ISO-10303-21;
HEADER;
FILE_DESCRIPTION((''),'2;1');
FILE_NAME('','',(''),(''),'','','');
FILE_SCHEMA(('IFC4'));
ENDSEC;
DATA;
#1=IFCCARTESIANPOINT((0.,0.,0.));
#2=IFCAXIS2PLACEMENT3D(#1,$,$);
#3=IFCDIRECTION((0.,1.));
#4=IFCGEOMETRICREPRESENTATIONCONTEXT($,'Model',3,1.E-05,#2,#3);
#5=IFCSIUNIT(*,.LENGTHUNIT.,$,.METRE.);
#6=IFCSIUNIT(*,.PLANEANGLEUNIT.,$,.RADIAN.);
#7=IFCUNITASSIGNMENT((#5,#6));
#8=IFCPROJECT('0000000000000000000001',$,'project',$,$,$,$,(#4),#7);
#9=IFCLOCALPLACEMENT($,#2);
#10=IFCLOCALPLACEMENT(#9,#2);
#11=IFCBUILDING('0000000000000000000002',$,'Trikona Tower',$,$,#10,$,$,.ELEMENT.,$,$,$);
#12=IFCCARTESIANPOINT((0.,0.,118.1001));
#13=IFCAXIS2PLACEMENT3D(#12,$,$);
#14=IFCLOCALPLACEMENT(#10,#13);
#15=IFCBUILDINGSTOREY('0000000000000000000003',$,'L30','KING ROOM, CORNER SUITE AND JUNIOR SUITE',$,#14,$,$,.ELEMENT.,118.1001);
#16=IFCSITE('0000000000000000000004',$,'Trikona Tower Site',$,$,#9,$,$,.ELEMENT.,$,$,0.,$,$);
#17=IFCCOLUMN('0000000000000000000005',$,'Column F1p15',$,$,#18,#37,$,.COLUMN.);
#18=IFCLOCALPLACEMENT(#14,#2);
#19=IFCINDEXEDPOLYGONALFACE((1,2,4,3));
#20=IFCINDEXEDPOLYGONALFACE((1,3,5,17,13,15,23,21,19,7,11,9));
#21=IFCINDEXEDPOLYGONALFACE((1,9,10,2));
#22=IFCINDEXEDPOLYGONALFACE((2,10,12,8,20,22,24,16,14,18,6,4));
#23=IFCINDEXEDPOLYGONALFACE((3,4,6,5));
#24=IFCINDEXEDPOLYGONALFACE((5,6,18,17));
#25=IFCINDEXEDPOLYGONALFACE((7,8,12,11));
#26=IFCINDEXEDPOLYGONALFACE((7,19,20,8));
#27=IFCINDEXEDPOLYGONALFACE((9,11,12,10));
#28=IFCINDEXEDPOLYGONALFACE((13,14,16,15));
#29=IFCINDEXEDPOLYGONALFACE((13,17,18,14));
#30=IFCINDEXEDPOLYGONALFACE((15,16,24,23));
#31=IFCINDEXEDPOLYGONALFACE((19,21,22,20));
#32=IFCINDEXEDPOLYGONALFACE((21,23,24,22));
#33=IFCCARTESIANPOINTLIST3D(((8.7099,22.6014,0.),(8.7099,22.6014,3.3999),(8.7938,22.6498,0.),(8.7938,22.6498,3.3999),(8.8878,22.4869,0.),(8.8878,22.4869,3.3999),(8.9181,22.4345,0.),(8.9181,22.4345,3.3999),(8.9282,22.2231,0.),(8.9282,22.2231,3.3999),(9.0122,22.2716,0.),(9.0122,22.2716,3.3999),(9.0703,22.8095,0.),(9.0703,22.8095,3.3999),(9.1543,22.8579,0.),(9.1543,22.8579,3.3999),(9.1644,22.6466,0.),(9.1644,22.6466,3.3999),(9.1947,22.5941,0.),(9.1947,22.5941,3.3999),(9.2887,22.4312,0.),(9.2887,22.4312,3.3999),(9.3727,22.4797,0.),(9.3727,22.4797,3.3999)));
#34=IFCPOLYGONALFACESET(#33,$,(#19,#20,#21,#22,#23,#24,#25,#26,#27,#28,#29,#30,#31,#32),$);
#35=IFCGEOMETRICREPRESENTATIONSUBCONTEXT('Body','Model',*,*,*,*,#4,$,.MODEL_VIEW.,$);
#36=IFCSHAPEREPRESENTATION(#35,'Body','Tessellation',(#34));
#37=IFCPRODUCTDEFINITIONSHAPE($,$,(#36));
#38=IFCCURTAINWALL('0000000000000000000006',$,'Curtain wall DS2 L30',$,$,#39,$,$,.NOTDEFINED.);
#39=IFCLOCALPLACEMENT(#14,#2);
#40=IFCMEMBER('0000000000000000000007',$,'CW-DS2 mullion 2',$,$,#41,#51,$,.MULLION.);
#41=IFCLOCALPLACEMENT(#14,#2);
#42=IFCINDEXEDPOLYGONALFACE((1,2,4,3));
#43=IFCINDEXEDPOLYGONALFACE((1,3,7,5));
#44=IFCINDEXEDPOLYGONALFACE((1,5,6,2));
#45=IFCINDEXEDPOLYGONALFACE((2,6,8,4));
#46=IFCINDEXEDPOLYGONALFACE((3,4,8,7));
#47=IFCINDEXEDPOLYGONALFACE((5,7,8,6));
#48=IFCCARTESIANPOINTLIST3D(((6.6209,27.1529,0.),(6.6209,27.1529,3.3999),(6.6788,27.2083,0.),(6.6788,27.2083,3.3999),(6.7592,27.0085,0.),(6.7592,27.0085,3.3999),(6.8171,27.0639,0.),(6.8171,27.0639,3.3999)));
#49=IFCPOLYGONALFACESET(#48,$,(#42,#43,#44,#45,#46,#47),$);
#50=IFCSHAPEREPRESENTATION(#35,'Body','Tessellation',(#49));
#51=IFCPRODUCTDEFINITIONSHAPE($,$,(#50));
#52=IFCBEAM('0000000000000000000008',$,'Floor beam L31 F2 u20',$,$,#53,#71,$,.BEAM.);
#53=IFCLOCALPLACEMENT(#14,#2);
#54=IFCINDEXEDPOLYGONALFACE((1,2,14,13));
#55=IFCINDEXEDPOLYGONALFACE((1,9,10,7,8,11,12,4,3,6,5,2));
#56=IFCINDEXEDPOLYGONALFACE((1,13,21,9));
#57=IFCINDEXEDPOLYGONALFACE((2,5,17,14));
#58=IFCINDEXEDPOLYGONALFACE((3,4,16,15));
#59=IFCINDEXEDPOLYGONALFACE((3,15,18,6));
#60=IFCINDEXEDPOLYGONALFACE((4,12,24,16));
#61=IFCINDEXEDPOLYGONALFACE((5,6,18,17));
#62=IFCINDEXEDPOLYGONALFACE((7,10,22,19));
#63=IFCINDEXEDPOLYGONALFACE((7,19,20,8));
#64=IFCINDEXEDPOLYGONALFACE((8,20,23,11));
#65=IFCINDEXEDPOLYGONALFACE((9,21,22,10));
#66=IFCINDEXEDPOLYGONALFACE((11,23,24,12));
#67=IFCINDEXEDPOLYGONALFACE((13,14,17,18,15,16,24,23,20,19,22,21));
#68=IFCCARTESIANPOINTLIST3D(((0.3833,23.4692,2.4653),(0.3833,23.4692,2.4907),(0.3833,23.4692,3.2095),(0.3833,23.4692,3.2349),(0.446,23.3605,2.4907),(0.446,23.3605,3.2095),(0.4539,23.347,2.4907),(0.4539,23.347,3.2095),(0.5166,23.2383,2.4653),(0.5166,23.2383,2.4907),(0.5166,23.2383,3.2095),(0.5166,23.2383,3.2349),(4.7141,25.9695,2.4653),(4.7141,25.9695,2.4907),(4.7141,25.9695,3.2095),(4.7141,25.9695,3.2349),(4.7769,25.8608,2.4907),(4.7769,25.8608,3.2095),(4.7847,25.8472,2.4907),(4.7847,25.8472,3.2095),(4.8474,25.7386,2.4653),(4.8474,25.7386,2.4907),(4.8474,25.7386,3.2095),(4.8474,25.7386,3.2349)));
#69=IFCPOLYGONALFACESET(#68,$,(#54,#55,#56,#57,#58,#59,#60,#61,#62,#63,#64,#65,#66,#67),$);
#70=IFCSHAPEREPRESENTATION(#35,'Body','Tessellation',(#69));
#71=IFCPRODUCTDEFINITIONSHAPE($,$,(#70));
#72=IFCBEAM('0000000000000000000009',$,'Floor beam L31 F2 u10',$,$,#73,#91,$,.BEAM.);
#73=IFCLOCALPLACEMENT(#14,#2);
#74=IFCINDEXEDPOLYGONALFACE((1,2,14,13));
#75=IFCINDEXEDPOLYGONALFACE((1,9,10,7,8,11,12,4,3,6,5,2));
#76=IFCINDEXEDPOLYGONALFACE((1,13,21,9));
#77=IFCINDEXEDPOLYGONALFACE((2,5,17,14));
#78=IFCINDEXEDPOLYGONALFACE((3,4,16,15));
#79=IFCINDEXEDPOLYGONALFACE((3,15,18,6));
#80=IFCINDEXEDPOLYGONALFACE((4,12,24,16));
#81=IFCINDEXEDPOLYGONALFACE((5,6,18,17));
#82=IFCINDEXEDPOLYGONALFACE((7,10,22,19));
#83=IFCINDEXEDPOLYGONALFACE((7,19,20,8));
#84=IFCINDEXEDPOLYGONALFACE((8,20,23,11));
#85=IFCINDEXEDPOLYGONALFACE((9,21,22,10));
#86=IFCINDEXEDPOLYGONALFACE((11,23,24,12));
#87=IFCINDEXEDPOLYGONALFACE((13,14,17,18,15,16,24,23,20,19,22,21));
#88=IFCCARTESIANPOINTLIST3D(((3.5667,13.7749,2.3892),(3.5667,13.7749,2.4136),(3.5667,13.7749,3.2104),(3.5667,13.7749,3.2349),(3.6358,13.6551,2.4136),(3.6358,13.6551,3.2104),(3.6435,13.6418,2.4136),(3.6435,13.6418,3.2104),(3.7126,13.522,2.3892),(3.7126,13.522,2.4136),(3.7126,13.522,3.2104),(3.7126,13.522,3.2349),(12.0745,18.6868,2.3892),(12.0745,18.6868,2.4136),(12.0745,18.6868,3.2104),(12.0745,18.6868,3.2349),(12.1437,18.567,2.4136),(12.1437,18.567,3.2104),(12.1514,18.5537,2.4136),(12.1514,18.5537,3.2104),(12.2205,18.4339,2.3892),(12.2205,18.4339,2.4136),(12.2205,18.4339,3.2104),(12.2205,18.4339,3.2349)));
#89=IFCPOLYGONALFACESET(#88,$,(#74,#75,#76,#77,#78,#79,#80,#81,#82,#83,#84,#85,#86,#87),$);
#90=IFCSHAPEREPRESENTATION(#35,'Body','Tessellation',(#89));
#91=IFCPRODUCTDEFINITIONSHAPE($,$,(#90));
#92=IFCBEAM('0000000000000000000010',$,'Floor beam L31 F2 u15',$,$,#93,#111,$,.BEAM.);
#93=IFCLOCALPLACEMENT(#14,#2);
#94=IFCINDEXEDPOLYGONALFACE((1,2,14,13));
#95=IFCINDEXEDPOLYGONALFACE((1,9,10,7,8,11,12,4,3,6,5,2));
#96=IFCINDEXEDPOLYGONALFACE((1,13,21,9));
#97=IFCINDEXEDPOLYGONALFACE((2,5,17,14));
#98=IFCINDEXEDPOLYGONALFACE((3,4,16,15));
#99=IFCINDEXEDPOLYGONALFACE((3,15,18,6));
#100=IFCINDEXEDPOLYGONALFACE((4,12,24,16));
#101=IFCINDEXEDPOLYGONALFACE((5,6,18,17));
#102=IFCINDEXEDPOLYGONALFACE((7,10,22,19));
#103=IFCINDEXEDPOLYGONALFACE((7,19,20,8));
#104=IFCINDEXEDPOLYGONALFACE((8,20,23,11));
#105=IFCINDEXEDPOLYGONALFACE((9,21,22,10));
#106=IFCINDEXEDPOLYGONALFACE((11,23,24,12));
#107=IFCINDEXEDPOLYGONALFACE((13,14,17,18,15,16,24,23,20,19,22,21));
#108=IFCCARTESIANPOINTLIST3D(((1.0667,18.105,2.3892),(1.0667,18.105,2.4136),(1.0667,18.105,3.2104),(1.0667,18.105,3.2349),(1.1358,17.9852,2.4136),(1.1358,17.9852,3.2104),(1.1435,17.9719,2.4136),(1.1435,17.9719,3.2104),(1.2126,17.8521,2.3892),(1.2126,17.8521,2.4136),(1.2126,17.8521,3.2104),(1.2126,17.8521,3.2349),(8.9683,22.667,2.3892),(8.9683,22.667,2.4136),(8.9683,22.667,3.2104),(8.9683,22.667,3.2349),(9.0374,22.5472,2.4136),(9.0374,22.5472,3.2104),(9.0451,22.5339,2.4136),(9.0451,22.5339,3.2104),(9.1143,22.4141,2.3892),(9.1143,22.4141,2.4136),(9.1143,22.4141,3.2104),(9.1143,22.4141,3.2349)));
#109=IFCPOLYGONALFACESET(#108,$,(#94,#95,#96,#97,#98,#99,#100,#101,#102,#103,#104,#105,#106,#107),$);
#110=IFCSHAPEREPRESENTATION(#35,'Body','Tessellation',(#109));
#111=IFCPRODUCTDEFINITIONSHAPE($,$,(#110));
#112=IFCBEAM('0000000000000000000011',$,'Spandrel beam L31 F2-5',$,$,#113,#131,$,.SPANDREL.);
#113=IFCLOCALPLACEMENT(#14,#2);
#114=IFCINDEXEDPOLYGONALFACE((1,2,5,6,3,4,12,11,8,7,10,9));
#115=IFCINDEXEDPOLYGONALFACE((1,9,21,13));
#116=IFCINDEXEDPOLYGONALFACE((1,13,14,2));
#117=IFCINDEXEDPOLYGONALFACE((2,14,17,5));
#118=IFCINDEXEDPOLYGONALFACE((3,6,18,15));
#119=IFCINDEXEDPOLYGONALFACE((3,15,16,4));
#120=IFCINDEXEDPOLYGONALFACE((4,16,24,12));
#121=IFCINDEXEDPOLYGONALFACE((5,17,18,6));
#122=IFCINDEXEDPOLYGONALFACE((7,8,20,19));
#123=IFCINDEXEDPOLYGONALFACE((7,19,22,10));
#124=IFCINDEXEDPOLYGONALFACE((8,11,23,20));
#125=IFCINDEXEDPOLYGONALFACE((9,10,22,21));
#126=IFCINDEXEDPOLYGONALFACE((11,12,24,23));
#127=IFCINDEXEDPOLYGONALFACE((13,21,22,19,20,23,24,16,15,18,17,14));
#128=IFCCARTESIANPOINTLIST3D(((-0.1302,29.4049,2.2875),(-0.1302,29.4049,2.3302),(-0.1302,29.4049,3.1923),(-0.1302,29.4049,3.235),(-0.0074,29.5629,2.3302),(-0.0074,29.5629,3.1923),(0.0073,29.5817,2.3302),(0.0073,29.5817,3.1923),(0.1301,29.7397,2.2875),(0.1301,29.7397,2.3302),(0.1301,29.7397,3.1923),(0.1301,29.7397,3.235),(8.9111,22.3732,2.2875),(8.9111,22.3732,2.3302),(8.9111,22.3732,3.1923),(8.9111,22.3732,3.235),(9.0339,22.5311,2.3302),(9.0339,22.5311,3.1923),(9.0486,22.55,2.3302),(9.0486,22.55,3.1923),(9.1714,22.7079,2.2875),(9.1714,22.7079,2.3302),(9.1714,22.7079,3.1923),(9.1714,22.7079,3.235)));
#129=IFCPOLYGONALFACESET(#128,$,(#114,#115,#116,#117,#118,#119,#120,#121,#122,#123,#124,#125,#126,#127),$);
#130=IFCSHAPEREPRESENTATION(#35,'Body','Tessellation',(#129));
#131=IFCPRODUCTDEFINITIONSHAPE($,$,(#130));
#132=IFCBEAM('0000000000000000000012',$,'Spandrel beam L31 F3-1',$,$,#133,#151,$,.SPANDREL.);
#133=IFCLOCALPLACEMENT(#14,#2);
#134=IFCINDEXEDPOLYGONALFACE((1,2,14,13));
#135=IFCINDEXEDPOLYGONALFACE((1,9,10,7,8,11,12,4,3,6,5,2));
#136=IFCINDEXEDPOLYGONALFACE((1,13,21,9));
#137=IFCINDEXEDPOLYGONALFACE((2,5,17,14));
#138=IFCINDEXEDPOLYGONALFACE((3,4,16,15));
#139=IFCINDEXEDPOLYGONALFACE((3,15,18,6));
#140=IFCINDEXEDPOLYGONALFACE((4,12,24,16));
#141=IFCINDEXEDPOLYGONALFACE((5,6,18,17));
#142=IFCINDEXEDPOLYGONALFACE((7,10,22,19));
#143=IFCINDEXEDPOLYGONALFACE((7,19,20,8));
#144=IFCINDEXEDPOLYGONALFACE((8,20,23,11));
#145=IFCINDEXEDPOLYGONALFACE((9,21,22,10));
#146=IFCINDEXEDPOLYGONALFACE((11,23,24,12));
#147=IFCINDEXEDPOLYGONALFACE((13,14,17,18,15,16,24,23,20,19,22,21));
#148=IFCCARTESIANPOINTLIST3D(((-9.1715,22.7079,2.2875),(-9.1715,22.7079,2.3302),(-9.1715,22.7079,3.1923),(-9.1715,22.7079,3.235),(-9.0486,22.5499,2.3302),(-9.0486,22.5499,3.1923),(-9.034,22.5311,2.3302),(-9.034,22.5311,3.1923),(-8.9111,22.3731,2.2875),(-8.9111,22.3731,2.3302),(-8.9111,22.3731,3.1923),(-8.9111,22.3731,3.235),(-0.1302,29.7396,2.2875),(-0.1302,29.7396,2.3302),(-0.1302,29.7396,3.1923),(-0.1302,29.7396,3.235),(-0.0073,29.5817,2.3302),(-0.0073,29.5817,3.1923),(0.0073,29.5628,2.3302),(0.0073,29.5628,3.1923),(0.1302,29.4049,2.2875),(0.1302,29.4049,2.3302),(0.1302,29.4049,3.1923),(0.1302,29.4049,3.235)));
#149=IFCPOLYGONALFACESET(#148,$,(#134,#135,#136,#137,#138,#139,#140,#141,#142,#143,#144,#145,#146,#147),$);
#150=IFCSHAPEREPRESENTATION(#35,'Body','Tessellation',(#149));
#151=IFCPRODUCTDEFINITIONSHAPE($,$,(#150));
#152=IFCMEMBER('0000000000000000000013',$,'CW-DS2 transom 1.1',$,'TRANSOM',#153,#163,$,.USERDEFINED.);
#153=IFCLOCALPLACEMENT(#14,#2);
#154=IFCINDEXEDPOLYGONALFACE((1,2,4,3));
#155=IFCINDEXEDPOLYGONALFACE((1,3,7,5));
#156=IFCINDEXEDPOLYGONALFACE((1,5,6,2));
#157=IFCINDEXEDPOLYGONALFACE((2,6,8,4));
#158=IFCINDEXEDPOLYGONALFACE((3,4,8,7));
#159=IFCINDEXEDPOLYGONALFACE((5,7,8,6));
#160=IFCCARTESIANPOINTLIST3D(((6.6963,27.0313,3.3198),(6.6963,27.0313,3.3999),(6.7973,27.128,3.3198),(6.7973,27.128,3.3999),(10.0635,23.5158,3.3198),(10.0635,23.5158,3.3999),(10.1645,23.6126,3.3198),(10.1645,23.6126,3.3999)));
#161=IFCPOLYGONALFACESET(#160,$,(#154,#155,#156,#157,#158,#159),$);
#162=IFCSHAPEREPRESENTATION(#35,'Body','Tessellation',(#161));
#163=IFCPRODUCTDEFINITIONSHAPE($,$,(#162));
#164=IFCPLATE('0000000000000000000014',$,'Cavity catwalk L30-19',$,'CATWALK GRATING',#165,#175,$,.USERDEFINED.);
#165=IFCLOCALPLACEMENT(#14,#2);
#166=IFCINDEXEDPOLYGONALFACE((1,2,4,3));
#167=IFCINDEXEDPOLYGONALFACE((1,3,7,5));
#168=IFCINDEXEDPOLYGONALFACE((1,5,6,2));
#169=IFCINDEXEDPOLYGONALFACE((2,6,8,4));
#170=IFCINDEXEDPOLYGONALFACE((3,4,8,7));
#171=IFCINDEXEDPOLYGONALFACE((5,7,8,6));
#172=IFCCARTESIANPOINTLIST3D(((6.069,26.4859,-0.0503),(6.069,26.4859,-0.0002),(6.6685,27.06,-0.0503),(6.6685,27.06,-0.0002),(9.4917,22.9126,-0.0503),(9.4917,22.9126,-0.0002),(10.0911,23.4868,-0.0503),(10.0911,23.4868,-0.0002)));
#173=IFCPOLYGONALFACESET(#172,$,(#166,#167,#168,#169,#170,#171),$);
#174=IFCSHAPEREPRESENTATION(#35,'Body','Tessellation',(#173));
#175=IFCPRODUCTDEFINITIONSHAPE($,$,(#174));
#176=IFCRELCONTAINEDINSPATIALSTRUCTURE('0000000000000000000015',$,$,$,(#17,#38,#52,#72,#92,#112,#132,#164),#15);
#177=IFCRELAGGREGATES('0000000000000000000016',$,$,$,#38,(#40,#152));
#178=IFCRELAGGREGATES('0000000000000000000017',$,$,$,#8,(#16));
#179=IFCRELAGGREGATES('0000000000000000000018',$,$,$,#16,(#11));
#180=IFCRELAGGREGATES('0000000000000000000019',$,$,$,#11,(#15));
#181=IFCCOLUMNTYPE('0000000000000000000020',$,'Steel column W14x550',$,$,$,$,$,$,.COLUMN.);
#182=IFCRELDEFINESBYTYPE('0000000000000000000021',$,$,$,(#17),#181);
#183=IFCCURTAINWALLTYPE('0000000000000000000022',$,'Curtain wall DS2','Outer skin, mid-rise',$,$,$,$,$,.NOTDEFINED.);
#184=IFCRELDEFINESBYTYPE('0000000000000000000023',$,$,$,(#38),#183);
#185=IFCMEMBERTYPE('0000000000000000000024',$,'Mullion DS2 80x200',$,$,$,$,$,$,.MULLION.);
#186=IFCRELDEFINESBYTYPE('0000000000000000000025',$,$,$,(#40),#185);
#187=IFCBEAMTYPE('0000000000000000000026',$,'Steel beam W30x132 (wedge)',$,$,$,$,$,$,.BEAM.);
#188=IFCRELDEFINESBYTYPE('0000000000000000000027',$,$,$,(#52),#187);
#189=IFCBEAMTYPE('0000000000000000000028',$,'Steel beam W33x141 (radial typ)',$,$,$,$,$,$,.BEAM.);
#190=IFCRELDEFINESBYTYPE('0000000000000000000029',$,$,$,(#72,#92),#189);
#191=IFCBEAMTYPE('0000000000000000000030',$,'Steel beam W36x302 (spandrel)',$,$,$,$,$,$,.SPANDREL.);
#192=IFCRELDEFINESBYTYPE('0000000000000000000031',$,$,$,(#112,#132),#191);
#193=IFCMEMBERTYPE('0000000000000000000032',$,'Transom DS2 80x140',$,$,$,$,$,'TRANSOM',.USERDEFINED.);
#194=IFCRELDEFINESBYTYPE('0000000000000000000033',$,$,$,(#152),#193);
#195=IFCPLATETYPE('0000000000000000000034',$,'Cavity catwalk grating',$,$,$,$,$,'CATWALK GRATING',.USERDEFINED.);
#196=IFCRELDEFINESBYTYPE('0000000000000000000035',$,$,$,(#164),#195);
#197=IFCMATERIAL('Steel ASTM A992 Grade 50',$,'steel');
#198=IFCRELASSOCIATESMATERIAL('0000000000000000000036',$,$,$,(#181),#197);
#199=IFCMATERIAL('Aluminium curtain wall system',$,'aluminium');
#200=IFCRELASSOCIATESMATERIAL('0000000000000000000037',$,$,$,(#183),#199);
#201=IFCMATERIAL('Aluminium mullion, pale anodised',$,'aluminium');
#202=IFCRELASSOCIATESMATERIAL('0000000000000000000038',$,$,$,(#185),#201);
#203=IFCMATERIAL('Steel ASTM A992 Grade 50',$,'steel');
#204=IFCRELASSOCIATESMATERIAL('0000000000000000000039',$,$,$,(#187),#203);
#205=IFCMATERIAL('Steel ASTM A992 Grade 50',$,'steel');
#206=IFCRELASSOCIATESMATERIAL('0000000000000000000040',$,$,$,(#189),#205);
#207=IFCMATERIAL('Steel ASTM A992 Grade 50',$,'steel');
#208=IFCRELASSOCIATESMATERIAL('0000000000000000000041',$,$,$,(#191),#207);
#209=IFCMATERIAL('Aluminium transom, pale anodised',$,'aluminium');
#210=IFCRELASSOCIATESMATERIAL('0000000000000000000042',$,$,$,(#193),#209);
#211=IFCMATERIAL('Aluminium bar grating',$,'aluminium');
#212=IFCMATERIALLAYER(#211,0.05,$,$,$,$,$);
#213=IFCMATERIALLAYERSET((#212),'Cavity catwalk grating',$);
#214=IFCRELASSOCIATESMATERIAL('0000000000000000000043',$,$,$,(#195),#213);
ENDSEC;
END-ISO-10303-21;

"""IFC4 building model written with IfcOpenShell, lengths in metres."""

from ifc_helpers import new_model, si_unit, direction, frame, origin, origin_2d, place, context, subcontext, project, spatial, rectangle, i_section, extrude, material, layer, layer_set, material_profile, profile_set, type_object, element, aggregate, save


model = new_model("IFC4")

# Units and contexts
model_context = context("Model", 3, precision=1e-05, world=origin(), true_north=direction((0.0, 1.0)))
body_context = subcontext(model_context, "Body", "Model", "MODEL_VIEW")
ifc_project = project(units=[si_unit("LENGTHUNIT", "METRE"), si_unit("PLANEANGLEUNIT", "RADIAN")], contexts=[model_context])

# Site, building, storey
site_placement = place(None, origin())
site = spatial("IfcSite", under=ifc_project, at=site_placement, Name="Trikona Tower Site", CompositionType="ELEMENT", RefElevation=0.0)
building_placement = place(site_placement, origin())
building = spatial("IfcBuilding", under=site, at=building_placement, Name="Trikona Tower", CompositionType="ELEMENT")
storey_placement = place(building_placement, frame((0.0, 0.0, 118.1001)))
storey = spatial("IfcBuildingStorey", under=building, at=storey_placement, Name="L30", Description="KING ROOM, CORNER SUITE AND JUNIOR SUITE", CompositionType="ELEMENT", Elevation=118.1001)

# Column
ifc_material_1 = material(Name="Steel ASTM A992 Grade 50", Category="steel")
ifc_material_profile_1 = material_profile(ifc_material_1, i_section(OverallWidth=0.4368, OverallDepth=0.5132, WebThickness=0.0605, FlangeThickness=0.0969, at=origin_2d()), Name="W14X550")
ifc_profile_set_1 = profile_set([ifc_material_profile_1], Name="Steel ASTM A992 Grade 50")
column_type = type_object("IfcColumnType", Name="Steel column W14x550", PredefinedType="COLUMN", material=ifc_profile_set_1)
column_placement = place(storey_placement, frame((9.0413, 22.5405, 0.0), z_axis=(0.0, 0.0, 1.0), x_axis=(-0.5, 0.866025, 0.0)))
element("IfcColumn", 1, at=column_placement, inside=storey, type_object=column_type, Name="Column F1p15", PredefinedType="COLUMN", context=body_context, shape_type="SweptSolid", body=[
    extrude(i_section(OverallWidth=0.4368, OverallDepth=0.5132, WebThickness=0.0605, FlangeThickness=0.0969, at=origin_2d()), origin(), (0.0, 0.0, 1.0), 3.3999),
])

# Curtain wall, member
ifc_material_2 = material(Name="Aluminium curtain wall system", Category="aluminium")
curtain_wall_type = type_object("IfcCurtainWallType", Name="Curtain wall DS2", Description="Outer skin, mid-rise", PredefinedType="NOTDEFINED", material=ifc_material_2)
curtain_wall_placement = place(storey_placement, origin())
curtain_wall = element("IfcCurtainWall", 2, at=curtain_wall_placement, inside=storey, type_object=curtain_wall_type, Name="Curtain wall DS2 L30", PredefinedType="NOTDEFINED")
ifc_material_3 = material(Name="Aluminium mullion, pale anodised", Category="aluminium")
ifc_material_profile_2 = material_profile(ifc_material_3, rectangle(XDim=0.0801, YDim=0.2, at=origin_2d()), Name="MUL-DS2")
ifc_profile_set_2 = profile_set([ifc_material_profile_2], Name="Aluminium mullion, pale anodised")
member_type_1 = type_object("IfcMemberType", Name="Mullion DS2 80x200", PredefinedType="MULLION", material=ifc_profile_set_2)
member_1_placement = place(storey_placement, frame((6.719, 27.1084, 0.0), z_axis=(0.0, 0.0, 1.0), x_axis=(-0.722158, -0.691728, 0.0)))
member_1 = element("IfcMember", 3, at=member_1_placement, type_object=member_type_1, Name="CW-DS2 mullion 2", PredefinedType="MULLION", context=body_context, shape_type="SweptSolid", body=[
    extrude(rectangle(XDim=0.0801, YDim=0.2, at=origin_2d()), origin(), (0.0, 0.0, 1.0), 3.3999),
])

# Beams
ifc_material_4 = material(Name="Steel ASTM A992 Grade 50", Category="steel")
ifc_material_profile_3 = material_profile(ifc_material_4, i_section(OverallWidth=0.2666, OverallDepth=0.7695, WebThickness=0.0156, FlangeThickness=0.0254, at=origin_2d()), Name="W30X132")
ifc_profile_set_3 = profile_set([ifc_material_profile_3], Name="Steel ASTM A992 Grade 50")
beam_type_1 = type_object("IfcBeamType", Name="Steel beam W30x132 (wedge)", PredefinedType="BEAM", material=ifc_profile_set_3)
beam_1_placement = place(storey_placement, frame((0.45, 23.3538, 2.8501), z_axis=(0.866038, 0.499977, 0.0), x_axis=(-0.499977, 0.866038, 0.0)))
element("IfcBeam", 4, at=beam_1_placement, inside=storey, type_object=beam_type_1, Name="Floor beam L31 F2 u20", PredefinedType="BEAM", context=body_context, shape_type="SweptSolid", body=[
    extrude(i_section(OverallWidth=0.2666, OverallDepth=0.7695, WebThickness=0.0156, FlangeThickness=0.0254, at=origin_2d()), origin(), (0.0, 0.0, 1.0), 5.0007),
])
ifc_material_5 = material(Name="Steel ASTM A992 Grade 50", Category="steel")
ifc_material_profile_4 = material_profile(ifc_material_5, i_section(OverallWidth=0.292, OverallDepth=0.8457, WebThickness=0.0154, FlangeThickness=0.0244, at=origin_2d()), Name="W33X141")
ifc_profile_set_4 = profile_set([ifc_material_profile_4], Name="Steel ASTM A992 Grade 50")
beam_type_2 = type_object("IfcBeamType", Name="Steel beam W33x141 (radial typ)", PredefinedType="BEAM", material=ifc_profile_set_4)
beam_2_placement = place(storey_placement, frame((3.6396, 13.6484, 2.812), z_axis=(0.866031, 0.499991, 0.0), x_axis=(-0.499991, 0.866031, 0.0)))
element("IfcBeam", 5, at=beam_2_placement, inside=storey, type_object=beam_type_2, Name="Floor beam L31 F2 u10", PredefinedType="BEAM", context=body_context, shape_type="SweptSolid", body=[
    extrude(i_section(OverallWidth=0.292, OverallDepth=0.8457, WebThickness=0.0154, FlangeThickness=0.0244, at=origin_2d()), origin(), (0.0, 0.0, 1.0), 9.824),
])
beam_3_placement = place(storey_placement, frame((1.1396, 17.9785, 2.812), z_axis=(0.866025, 0.500001, 0.0), x_axis=(-0.500001, 0.866025, 0.0)))
element("IfcBeam", 6, at=beam_3_placement, inside=storey, type_object=beam_type_2, Name="Floor beam L31 F2 u15", PredefinedType="BEAM", context=body_context, shape_type="SweptSolid", body=[
    extrude(i_section(OverallWidth=0.292, OverallDepth=0.8457, WebThickness=0.0154, FlangeThickness=0.0244, at=origin_2d()), origin(), (0.0, 0.0, 1.0), 9.124),
])
ifc_material_6 = material(Name="Steel ASTM A992 Grade 50", Category="steel")
ifc_material_profile_5 = material_profile(ifc_material_6, i_section(OverallWidth=0.4241, OverallDepth=0.9475, WebThickness=0.0239, FlangeThickness=0.0427, at=origin_2d()), Name="W36X302")
ifc_profile_set_5 = profile_set([ifc_material_profile_5], Name="Steel ASTM A992 Grade 50")
beam_type_3 = type_object("IfcBeamType", Name="Steel beam W36x302 (spandrel)", PredefinedType="SPANDREL", material=ifc_profile_set_5)
for number, where, z_axis, x_axis, name in (
    (7, (9.0413, 22.5405, 2.7612), (-0.789367, 0.613921, 0.0), (-0.613921, -0.789367, 0.0), "Spandrel beam L31 F2-5"),
    (8, (0.0, 29.5723, 2.7612), (-0.789367, -0.613921, 0.0), (0.613921, -0.789367, 0.0), "Spandrel beam L31 F3-1"),
):
    element("IfcBeam", number, at=place(storey_placement, frame(where, z_axis=z_axis, x_axis=x_axis)), inside=storey, type_object=beam_type_3, Name=name, PredefinedType="SPANDREL", context=body_context, shape_type="SweptSolid", body=[
        extrude(i_section(OverallWidth=0.4241, OverallDepth=0.9475, WebThickness=0.0239, FlangeThickness=0.0427, at=origin_2d()), origin(), (0.0, 0.0, 1.0), 11.4539),
    ])

# Member
ifc_material_7 = material(Name="Aluminium transom, pale anodised", Category="aluminium")
ifc_material_profile_6 = material_profile(ifc_material_7, rectangle(XDim=0.1399, YDim=0.0801, at=origin_2d()), Name="TRN-DS2")
ifc_profile_set_6 = profile_set([ifc_material_profile_6], Name="Aluminium transom, pale anodised")
member_type_2 = type_object("IfcMemberType", Name="Transom DS2 80x140", ElementType="TRANSOM", PredefinedType="USERDEFINED", material=ifc_profile_set_6)
member_2_placement = place(storey_placement, frame((10.114, 23.5642, 3.3599), z_axis=(-0.691721, 0.722165, 0.0), x_axis=(-0.722165, -0.691721, 0.0)))
member_2 = element("IfcMember", 9, at=member_2_placement, type_object=member_type_2, Name="CW-DS2 transom 1.1", ObjectType="TRANSOM", PredefinedType="USERDEFINED", context=body_context, shape_type="SweptSolid", body=[
    extrude(rectangle(XDim=0.1399, YDim=0.0801, at=origin_2d()), origin(), (0.0, 0.0, 1.0), 4.8679),
])

# Plate
ifc_material_8 = material(Name="Aluminium bar grating", Category="aluminium")
ifc_layer_1 = layer(ifc_material_8, 0.05)
ifc_layer_set_1 = layer_set([ifc_layer_1], Name="Cavity catwalk grating")
plate_type_1 = type_object("IfcPlateType", Name="Cavity catwalk grating", ElementType="CATWALK GRATING", PredefinedType="USERDEFINED", material=ifc_layer_set_1)
plate_1_placement = place(storey_placement, frame((8.0801, 24.9863, -0.0503), z_axis=(0.0, 0.0, 1.0), x_axis=(-0.691724, 0.722162, 0.0)))
element("IfcPlate", 10, at=plate_1_placement, inside=storey, type_object=plate_type_1, Name="Cavity catwalk L30-19", ObjectType="CATWALK GRATING", PredefinedType="USERDEFINED", context=body_context, shape_type="SweptSolid", body=[
    extrude(rectangle(XDim=4.948, YDim=0.8301, at=origin_2d()), origin(), (0.0, 0.0, 1.0), 0.05),
])
aggregate(curtain_wall, [member_1, member_2])

save(model, "model.ifc")
